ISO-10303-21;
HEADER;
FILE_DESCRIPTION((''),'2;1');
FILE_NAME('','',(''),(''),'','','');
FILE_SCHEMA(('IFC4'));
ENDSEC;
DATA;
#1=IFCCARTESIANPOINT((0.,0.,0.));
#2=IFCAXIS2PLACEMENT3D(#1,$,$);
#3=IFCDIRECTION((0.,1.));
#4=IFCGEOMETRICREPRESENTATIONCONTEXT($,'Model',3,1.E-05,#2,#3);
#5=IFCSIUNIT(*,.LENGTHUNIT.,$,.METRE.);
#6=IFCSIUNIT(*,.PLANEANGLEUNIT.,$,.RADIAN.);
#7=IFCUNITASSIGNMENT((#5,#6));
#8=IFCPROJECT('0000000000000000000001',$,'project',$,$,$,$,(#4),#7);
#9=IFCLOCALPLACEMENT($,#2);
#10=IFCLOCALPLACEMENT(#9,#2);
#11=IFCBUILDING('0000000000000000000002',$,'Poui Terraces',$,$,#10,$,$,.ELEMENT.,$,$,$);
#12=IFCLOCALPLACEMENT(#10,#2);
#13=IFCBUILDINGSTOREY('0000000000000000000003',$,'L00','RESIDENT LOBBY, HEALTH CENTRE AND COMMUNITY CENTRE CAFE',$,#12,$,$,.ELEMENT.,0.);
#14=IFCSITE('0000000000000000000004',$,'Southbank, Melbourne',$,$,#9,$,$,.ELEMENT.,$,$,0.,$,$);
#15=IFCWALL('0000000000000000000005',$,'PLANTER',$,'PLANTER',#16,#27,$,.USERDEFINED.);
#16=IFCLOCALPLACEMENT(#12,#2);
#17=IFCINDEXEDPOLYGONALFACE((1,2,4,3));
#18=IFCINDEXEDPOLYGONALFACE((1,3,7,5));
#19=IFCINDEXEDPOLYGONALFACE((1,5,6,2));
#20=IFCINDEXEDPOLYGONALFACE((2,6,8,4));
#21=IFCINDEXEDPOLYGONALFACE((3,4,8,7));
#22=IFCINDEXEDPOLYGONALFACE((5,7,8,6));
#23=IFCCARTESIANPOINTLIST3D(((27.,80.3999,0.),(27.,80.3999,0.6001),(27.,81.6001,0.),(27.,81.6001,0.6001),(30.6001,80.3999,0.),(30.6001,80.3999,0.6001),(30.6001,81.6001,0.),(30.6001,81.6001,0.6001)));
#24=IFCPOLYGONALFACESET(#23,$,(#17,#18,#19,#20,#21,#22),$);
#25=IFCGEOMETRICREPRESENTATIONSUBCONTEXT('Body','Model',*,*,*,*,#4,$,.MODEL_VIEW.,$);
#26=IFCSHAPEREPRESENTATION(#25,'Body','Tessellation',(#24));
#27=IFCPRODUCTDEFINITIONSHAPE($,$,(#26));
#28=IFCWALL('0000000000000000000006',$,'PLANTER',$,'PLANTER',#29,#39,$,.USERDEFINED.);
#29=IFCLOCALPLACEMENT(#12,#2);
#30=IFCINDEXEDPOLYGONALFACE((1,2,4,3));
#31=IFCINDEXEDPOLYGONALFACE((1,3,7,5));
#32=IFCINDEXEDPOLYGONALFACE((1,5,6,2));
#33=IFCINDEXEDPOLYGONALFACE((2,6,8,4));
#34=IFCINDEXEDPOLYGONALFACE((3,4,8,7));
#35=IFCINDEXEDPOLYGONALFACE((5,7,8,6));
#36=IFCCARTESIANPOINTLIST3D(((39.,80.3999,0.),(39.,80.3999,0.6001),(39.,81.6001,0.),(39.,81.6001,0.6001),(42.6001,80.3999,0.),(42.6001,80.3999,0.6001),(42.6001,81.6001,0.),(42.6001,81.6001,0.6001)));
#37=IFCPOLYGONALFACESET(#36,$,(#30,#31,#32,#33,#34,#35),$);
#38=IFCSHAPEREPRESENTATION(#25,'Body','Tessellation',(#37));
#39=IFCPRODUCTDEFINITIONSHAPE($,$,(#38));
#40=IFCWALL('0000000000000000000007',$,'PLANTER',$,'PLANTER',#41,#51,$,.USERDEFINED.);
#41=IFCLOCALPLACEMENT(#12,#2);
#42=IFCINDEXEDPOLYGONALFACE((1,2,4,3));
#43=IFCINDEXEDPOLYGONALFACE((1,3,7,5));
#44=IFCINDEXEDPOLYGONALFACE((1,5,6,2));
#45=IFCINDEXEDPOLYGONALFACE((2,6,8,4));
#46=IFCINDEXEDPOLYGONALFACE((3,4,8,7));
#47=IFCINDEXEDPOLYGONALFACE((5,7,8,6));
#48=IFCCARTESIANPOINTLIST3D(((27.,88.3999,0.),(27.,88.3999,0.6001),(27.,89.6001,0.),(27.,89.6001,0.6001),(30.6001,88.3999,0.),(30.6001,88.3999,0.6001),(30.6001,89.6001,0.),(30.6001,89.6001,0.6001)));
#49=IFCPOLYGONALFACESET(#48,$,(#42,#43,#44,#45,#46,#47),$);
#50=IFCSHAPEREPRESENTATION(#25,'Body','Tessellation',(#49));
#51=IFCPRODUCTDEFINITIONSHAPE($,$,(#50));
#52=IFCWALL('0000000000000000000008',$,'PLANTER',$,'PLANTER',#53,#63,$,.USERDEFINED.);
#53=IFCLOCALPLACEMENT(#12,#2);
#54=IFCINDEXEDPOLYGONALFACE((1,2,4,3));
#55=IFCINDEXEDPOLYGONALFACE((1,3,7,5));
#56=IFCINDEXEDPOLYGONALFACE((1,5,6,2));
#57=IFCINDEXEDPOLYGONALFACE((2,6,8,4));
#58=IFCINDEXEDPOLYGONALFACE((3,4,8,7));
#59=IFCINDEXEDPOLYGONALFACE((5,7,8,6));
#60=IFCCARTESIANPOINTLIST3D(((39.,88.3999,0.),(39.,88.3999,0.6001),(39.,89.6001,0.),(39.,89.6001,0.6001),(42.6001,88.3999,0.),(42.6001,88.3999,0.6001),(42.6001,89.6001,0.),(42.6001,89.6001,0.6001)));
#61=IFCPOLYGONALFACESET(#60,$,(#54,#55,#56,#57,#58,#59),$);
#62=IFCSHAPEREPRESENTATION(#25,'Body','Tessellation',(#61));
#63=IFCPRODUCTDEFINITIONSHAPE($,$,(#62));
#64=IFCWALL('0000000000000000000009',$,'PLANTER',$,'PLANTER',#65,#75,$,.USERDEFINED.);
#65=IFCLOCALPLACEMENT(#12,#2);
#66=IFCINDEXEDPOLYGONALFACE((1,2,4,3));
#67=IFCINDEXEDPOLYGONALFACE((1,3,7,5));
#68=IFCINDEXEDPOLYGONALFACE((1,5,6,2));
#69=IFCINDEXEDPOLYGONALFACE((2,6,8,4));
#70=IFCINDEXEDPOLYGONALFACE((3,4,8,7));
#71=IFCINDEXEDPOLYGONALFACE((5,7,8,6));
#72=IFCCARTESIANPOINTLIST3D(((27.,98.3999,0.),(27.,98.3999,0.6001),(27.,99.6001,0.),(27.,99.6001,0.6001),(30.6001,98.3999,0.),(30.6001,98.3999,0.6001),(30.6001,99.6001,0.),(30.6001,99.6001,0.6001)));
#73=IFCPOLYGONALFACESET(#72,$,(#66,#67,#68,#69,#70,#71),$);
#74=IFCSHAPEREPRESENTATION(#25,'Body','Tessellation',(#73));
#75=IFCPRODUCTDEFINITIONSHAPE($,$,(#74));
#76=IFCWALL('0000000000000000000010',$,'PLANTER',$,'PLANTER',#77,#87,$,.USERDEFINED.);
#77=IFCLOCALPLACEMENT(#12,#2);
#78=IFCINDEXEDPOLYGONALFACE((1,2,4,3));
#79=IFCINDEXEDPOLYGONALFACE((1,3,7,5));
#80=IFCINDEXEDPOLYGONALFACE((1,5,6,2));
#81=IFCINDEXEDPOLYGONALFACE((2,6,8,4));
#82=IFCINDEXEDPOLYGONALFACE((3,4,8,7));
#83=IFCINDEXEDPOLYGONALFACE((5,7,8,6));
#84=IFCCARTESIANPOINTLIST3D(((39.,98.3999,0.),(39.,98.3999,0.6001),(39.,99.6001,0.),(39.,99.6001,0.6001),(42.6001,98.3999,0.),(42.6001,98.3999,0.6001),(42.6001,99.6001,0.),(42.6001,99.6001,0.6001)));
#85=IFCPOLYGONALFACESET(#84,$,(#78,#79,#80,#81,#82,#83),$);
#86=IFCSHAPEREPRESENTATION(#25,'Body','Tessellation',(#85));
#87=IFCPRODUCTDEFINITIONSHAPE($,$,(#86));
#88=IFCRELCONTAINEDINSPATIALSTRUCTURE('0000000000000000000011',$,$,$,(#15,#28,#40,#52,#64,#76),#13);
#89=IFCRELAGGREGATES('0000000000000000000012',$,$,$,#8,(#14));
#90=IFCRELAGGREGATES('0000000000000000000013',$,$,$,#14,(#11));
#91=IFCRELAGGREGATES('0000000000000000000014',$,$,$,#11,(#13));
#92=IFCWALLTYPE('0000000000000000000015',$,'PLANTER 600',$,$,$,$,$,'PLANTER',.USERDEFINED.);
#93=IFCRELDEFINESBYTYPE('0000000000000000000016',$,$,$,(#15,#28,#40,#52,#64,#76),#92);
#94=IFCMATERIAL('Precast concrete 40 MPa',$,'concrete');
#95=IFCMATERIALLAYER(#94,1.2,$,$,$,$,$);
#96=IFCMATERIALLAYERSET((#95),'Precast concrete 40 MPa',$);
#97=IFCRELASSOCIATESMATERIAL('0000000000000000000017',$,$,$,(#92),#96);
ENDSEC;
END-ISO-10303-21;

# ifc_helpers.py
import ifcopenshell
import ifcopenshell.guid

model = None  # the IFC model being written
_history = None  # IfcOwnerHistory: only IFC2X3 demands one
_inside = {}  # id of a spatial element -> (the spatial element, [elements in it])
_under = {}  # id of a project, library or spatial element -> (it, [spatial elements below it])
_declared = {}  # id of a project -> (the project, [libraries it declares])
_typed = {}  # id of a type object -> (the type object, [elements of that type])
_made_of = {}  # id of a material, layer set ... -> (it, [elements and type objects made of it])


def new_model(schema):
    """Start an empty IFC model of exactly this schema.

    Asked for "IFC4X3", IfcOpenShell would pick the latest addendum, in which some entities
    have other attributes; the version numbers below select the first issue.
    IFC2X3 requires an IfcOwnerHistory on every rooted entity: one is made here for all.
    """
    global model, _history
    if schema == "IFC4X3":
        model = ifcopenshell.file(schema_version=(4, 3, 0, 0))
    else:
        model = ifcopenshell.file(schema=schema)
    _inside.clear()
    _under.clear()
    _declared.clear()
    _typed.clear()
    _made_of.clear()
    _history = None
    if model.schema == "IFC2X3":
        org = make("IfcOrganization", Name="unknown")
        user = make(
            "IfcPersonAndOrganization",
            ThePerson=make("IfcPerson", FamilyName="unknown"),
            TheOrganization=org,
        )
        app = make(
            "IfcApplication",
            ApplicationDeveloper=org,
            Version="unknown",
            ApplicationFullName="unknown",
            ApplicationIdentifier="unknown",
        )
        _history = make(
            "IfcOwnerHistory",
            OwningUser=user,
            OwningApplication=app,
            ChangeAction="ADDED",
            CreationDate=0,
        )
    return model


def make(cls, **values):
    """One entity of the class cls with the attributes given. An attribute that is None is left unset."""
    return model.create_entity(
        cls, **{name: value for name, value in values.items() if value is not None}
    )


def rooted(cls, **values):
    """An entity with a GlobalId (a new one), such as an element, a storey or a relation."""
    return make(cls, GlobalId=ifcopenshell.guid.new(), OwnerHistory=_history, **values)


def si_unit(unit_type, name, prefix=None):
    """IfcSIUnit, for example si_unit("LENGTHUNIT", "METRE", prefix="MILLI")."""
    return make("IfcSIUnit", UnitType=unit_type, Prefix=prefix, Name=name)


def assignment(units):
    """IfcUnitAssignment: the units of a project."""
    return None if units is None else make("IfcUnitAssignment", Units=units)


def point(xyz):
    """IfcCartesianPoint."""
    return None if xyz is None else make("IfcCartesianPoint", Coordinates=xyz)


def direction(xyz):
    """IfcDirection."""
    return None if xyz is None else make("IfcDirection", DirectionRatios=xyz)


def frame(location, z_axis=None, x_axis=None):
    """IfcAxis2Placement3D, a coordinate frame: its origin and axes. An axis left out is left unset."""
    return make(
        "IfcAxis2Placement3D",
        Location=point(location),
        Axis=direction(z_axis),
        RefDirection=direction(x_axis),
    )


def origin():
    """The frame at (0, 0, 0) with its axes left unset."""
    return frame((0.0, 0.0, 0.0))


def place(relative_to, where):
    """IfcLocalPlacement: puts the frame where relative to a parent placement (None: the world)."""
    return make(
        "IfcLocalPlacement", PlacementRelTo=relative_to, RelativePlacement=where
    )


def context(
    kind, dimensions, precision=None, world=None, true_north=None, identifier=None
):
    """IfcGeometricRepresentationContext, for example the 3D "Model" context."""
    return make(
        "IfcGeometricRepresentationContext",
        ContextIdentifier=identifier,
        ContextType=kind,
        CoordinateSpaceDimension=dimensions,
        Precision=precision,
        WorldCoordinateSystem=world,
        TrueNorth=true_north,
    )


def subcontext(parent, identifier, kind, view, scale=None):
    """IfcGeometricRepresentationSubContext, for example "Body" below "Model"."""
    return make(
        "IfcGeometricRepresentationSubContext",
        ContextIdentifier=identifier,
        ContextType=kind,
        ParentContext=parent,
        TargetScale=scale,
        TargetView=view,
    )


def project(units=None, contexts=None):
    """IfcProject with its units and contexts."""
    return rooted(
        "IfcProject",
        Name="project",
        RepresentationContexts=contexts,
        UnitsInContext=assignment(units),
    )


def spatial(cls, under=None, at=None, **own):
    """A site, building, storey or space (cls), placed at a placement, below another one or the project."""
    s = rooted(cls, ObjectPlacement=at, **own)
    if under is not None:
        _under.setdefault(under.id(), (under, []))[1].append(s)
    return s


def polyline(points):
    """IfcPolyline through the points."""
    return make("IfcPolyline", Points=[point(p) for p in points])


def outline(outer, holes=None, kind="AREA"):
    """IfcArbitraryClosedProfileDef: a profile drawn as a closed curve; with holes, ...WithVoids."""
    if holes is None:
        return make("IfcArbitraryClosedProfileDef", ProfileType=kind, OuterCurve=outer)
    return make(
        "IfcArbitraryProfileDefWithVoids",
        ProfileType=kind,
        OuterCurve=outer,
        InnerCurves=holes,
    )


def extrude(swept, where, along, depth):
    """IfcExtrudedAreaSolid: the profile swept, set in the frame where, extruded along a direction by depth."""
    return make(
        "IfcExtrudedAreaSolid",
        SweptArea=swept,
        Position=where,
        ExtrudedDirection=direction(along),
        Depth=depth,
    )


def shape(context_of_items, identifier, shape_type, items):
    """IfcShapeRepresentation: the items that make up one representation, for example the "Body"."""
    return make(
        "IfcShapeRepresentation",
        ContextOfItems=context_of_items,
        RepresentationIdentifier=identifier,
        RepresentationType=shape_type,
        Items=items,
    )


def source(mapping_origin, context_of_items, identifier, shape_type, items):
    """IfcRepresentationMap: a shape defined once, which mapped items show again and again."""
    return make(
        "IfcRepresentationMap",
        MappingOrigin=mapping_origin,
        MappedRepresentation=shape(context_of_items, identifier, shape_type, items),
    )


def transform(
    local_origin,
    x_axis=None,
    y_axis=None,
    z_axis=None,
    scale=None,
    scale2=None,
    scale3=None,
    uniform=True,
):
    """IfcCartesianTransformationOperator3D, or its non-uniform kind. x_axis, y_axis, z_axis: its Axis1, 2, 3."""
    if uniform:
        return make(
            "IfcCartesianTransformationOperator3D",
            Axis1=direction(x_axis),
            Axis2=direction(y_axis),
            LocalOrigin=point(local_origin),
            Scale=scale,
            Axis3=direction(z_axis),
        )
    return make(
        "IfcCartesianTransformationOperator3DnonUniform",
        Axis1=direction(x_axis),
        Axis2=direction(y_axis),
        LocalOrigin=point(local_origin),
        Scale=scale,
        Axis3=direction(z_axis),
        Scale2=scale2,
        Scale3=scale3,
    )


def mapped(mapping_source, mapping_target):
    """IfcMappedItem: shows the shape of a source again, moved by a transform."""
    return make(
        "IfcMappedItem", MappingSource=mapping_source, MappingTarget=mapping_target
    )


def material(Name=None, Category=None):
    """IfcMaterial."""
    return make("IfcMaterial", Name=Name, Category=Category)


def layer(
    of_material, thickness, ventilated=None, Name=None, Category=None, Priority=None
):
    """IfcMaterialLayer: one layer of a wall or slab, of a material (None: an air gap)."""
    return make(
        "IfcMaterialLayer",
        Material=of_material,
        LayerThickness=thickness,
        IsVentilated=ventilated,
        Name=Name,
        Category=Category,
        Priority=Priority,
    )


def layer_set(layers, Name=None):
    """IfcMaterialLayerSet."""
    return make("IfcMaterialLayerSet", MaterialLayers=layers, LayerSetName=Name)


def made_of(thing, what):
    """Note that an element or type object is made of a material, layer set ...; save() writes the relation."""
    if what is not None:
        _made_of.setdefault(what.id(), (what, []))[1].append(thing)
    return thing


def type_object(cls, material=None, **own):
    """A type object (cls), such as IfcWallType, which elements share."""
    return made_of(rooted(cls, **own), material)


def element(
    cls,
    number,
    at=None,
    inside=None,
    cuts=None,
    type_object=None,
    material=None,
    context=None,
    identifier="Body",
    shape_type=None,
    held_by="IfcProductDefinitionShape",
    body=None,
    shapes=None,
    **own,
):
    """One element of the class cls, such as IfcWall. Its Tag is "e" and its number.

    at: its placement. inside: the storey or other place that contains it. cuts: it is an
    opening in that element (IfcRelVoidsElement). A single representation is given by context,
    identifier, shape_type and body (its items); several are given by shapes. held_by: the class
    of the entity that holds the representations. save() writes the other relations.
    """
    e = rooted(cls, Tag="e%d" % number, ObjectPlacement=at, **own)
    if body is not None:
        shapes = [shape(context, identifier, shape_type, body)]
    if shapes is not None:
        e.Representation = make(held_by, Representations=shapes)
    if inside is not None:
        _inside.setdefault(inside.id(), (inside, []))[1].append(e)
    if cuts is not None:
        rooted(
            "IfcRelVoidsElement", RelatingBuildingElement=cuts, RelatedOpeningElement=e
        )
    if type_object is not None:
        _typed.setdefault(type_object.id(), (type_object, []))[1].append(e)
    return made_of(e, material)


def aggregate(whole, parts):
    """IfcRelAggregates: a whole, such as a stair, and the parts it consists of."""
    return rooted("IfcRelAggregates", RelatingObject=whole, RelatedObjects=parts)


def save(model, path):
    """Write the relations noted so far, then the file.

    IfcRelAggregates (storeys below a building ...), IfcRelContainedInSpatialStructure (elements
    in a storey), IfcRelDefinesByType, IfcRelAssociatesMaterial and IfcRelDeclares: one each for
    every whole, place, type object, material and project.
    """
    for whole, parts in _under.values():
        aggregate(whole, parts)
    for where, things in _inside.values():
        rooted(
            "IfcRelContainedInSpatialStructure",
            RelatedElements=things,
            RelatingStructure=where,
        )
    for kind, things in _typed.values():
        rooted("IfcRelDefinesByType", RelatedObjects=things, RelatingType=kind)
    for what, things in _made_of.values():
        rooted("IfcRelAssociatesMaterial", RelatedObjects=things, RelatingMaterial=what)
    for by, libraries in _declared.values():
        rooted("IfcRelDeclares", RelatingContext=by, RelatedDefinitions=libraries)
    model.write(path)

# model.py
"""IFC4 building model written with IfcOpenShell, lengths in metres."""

from ifc_helpers import new_model, si_unit, direction, frame, origin, place, context, subcontext, project, spatial, polyline, outline, extrude, source, transform, mapped, material, layer, layer_set, type_object, element, save


model = new_model("IFC4")

# Units and contexts
model_context = context("Model", 3, precision=1e-05, world=origin(), true_north=direction((0.0, 1.0)))
body_context = subcontext(model_context, "Body", "Model", "MODEL_VIEW")
ifc_project = project(units=[si_unit("LENGTHUNIT", "METRE"), si_unit("PLANEANGLEUNIT", "RADIAN")], contexts=[model_context])

# Site, building, storey
site_placement = place(None, origin())
site = spatial("IfcSite", under=ifc_project, at=site_placement, Name="Southbank, Melbourne", CompositionType="ELEMENT", RefElevation=0.0)
building_placement = place(site_placement, origin())
building = spatial("IfcBuilding", under=site, at=building_placement, Name="Poui Terraces", CompositionType="ELEMENT")
storey_placement = place(building_placement, origin())
storey = spatial("IfcBuildingStorey", under=building, at=storey_placement, Name="L00", Description="RESIDENT LOBBY, HEALTH CENTRE AND COMMUNITY CENTRE CAFE", CompositionType="ELEMENT", Elevation=0.0)

# Shared definitions
ifc_material_1 = material(Name="Precast concrete 40 MPa", Category="concrete")

# Walls
ifc_layer_1 = layer(ifc_material_1, 1.2)
ifc_layer_set_1 = layer_set([ifc_layer_1], Name="Precast concrete 40 MPa")
wall_type_1 = type_object("IfcWallType", Name="PLANTER 600", ElementType="PLANTER", PredefinedType="USERDEFINED", material=ifc_layer_set_1)
shared_shape = source(origin(), body_context, "Body", "SweptSolid", [
    extrude(outline(polyline([(0.0, 0.0), (3.6001, 0.0), (3.6001, 1.2002), (0.0, 1.2002), (0.0, 0.0)])), origin(), (0.0, 0.0, 1.0), 0.6001),
])
for number, where, name in (
    (1, (27.0, 80.3999, 0.0), "PLANTER"),
    (2, (39.0, 80.3999, 0.0), "PLANTER"),
    (3, (27.0, 88.3999, 0.0), "PLANTER"),
    (4, (39.0, 88.3999, 0.0), "PLANTER"),
    (5, (27.0, 98.3999, 0.0), "PLANTER"),
    (6, (39.0, 98.3999, 0.0), "PLANTER"),
):
    element("IfcWall", number, at=place(storey_placement, frame(where)), inside=storey, type_object=wall_type_1, Name=name, ObjectType="PLANTER", PredefinedType="USERDEFINED", context=body_context, shape_type="MappedRepresentation", body=[
        mapped(shared_shape, transform((0.0, 0.0, 0.0))),
    ])

save(model, "model.ifc")
